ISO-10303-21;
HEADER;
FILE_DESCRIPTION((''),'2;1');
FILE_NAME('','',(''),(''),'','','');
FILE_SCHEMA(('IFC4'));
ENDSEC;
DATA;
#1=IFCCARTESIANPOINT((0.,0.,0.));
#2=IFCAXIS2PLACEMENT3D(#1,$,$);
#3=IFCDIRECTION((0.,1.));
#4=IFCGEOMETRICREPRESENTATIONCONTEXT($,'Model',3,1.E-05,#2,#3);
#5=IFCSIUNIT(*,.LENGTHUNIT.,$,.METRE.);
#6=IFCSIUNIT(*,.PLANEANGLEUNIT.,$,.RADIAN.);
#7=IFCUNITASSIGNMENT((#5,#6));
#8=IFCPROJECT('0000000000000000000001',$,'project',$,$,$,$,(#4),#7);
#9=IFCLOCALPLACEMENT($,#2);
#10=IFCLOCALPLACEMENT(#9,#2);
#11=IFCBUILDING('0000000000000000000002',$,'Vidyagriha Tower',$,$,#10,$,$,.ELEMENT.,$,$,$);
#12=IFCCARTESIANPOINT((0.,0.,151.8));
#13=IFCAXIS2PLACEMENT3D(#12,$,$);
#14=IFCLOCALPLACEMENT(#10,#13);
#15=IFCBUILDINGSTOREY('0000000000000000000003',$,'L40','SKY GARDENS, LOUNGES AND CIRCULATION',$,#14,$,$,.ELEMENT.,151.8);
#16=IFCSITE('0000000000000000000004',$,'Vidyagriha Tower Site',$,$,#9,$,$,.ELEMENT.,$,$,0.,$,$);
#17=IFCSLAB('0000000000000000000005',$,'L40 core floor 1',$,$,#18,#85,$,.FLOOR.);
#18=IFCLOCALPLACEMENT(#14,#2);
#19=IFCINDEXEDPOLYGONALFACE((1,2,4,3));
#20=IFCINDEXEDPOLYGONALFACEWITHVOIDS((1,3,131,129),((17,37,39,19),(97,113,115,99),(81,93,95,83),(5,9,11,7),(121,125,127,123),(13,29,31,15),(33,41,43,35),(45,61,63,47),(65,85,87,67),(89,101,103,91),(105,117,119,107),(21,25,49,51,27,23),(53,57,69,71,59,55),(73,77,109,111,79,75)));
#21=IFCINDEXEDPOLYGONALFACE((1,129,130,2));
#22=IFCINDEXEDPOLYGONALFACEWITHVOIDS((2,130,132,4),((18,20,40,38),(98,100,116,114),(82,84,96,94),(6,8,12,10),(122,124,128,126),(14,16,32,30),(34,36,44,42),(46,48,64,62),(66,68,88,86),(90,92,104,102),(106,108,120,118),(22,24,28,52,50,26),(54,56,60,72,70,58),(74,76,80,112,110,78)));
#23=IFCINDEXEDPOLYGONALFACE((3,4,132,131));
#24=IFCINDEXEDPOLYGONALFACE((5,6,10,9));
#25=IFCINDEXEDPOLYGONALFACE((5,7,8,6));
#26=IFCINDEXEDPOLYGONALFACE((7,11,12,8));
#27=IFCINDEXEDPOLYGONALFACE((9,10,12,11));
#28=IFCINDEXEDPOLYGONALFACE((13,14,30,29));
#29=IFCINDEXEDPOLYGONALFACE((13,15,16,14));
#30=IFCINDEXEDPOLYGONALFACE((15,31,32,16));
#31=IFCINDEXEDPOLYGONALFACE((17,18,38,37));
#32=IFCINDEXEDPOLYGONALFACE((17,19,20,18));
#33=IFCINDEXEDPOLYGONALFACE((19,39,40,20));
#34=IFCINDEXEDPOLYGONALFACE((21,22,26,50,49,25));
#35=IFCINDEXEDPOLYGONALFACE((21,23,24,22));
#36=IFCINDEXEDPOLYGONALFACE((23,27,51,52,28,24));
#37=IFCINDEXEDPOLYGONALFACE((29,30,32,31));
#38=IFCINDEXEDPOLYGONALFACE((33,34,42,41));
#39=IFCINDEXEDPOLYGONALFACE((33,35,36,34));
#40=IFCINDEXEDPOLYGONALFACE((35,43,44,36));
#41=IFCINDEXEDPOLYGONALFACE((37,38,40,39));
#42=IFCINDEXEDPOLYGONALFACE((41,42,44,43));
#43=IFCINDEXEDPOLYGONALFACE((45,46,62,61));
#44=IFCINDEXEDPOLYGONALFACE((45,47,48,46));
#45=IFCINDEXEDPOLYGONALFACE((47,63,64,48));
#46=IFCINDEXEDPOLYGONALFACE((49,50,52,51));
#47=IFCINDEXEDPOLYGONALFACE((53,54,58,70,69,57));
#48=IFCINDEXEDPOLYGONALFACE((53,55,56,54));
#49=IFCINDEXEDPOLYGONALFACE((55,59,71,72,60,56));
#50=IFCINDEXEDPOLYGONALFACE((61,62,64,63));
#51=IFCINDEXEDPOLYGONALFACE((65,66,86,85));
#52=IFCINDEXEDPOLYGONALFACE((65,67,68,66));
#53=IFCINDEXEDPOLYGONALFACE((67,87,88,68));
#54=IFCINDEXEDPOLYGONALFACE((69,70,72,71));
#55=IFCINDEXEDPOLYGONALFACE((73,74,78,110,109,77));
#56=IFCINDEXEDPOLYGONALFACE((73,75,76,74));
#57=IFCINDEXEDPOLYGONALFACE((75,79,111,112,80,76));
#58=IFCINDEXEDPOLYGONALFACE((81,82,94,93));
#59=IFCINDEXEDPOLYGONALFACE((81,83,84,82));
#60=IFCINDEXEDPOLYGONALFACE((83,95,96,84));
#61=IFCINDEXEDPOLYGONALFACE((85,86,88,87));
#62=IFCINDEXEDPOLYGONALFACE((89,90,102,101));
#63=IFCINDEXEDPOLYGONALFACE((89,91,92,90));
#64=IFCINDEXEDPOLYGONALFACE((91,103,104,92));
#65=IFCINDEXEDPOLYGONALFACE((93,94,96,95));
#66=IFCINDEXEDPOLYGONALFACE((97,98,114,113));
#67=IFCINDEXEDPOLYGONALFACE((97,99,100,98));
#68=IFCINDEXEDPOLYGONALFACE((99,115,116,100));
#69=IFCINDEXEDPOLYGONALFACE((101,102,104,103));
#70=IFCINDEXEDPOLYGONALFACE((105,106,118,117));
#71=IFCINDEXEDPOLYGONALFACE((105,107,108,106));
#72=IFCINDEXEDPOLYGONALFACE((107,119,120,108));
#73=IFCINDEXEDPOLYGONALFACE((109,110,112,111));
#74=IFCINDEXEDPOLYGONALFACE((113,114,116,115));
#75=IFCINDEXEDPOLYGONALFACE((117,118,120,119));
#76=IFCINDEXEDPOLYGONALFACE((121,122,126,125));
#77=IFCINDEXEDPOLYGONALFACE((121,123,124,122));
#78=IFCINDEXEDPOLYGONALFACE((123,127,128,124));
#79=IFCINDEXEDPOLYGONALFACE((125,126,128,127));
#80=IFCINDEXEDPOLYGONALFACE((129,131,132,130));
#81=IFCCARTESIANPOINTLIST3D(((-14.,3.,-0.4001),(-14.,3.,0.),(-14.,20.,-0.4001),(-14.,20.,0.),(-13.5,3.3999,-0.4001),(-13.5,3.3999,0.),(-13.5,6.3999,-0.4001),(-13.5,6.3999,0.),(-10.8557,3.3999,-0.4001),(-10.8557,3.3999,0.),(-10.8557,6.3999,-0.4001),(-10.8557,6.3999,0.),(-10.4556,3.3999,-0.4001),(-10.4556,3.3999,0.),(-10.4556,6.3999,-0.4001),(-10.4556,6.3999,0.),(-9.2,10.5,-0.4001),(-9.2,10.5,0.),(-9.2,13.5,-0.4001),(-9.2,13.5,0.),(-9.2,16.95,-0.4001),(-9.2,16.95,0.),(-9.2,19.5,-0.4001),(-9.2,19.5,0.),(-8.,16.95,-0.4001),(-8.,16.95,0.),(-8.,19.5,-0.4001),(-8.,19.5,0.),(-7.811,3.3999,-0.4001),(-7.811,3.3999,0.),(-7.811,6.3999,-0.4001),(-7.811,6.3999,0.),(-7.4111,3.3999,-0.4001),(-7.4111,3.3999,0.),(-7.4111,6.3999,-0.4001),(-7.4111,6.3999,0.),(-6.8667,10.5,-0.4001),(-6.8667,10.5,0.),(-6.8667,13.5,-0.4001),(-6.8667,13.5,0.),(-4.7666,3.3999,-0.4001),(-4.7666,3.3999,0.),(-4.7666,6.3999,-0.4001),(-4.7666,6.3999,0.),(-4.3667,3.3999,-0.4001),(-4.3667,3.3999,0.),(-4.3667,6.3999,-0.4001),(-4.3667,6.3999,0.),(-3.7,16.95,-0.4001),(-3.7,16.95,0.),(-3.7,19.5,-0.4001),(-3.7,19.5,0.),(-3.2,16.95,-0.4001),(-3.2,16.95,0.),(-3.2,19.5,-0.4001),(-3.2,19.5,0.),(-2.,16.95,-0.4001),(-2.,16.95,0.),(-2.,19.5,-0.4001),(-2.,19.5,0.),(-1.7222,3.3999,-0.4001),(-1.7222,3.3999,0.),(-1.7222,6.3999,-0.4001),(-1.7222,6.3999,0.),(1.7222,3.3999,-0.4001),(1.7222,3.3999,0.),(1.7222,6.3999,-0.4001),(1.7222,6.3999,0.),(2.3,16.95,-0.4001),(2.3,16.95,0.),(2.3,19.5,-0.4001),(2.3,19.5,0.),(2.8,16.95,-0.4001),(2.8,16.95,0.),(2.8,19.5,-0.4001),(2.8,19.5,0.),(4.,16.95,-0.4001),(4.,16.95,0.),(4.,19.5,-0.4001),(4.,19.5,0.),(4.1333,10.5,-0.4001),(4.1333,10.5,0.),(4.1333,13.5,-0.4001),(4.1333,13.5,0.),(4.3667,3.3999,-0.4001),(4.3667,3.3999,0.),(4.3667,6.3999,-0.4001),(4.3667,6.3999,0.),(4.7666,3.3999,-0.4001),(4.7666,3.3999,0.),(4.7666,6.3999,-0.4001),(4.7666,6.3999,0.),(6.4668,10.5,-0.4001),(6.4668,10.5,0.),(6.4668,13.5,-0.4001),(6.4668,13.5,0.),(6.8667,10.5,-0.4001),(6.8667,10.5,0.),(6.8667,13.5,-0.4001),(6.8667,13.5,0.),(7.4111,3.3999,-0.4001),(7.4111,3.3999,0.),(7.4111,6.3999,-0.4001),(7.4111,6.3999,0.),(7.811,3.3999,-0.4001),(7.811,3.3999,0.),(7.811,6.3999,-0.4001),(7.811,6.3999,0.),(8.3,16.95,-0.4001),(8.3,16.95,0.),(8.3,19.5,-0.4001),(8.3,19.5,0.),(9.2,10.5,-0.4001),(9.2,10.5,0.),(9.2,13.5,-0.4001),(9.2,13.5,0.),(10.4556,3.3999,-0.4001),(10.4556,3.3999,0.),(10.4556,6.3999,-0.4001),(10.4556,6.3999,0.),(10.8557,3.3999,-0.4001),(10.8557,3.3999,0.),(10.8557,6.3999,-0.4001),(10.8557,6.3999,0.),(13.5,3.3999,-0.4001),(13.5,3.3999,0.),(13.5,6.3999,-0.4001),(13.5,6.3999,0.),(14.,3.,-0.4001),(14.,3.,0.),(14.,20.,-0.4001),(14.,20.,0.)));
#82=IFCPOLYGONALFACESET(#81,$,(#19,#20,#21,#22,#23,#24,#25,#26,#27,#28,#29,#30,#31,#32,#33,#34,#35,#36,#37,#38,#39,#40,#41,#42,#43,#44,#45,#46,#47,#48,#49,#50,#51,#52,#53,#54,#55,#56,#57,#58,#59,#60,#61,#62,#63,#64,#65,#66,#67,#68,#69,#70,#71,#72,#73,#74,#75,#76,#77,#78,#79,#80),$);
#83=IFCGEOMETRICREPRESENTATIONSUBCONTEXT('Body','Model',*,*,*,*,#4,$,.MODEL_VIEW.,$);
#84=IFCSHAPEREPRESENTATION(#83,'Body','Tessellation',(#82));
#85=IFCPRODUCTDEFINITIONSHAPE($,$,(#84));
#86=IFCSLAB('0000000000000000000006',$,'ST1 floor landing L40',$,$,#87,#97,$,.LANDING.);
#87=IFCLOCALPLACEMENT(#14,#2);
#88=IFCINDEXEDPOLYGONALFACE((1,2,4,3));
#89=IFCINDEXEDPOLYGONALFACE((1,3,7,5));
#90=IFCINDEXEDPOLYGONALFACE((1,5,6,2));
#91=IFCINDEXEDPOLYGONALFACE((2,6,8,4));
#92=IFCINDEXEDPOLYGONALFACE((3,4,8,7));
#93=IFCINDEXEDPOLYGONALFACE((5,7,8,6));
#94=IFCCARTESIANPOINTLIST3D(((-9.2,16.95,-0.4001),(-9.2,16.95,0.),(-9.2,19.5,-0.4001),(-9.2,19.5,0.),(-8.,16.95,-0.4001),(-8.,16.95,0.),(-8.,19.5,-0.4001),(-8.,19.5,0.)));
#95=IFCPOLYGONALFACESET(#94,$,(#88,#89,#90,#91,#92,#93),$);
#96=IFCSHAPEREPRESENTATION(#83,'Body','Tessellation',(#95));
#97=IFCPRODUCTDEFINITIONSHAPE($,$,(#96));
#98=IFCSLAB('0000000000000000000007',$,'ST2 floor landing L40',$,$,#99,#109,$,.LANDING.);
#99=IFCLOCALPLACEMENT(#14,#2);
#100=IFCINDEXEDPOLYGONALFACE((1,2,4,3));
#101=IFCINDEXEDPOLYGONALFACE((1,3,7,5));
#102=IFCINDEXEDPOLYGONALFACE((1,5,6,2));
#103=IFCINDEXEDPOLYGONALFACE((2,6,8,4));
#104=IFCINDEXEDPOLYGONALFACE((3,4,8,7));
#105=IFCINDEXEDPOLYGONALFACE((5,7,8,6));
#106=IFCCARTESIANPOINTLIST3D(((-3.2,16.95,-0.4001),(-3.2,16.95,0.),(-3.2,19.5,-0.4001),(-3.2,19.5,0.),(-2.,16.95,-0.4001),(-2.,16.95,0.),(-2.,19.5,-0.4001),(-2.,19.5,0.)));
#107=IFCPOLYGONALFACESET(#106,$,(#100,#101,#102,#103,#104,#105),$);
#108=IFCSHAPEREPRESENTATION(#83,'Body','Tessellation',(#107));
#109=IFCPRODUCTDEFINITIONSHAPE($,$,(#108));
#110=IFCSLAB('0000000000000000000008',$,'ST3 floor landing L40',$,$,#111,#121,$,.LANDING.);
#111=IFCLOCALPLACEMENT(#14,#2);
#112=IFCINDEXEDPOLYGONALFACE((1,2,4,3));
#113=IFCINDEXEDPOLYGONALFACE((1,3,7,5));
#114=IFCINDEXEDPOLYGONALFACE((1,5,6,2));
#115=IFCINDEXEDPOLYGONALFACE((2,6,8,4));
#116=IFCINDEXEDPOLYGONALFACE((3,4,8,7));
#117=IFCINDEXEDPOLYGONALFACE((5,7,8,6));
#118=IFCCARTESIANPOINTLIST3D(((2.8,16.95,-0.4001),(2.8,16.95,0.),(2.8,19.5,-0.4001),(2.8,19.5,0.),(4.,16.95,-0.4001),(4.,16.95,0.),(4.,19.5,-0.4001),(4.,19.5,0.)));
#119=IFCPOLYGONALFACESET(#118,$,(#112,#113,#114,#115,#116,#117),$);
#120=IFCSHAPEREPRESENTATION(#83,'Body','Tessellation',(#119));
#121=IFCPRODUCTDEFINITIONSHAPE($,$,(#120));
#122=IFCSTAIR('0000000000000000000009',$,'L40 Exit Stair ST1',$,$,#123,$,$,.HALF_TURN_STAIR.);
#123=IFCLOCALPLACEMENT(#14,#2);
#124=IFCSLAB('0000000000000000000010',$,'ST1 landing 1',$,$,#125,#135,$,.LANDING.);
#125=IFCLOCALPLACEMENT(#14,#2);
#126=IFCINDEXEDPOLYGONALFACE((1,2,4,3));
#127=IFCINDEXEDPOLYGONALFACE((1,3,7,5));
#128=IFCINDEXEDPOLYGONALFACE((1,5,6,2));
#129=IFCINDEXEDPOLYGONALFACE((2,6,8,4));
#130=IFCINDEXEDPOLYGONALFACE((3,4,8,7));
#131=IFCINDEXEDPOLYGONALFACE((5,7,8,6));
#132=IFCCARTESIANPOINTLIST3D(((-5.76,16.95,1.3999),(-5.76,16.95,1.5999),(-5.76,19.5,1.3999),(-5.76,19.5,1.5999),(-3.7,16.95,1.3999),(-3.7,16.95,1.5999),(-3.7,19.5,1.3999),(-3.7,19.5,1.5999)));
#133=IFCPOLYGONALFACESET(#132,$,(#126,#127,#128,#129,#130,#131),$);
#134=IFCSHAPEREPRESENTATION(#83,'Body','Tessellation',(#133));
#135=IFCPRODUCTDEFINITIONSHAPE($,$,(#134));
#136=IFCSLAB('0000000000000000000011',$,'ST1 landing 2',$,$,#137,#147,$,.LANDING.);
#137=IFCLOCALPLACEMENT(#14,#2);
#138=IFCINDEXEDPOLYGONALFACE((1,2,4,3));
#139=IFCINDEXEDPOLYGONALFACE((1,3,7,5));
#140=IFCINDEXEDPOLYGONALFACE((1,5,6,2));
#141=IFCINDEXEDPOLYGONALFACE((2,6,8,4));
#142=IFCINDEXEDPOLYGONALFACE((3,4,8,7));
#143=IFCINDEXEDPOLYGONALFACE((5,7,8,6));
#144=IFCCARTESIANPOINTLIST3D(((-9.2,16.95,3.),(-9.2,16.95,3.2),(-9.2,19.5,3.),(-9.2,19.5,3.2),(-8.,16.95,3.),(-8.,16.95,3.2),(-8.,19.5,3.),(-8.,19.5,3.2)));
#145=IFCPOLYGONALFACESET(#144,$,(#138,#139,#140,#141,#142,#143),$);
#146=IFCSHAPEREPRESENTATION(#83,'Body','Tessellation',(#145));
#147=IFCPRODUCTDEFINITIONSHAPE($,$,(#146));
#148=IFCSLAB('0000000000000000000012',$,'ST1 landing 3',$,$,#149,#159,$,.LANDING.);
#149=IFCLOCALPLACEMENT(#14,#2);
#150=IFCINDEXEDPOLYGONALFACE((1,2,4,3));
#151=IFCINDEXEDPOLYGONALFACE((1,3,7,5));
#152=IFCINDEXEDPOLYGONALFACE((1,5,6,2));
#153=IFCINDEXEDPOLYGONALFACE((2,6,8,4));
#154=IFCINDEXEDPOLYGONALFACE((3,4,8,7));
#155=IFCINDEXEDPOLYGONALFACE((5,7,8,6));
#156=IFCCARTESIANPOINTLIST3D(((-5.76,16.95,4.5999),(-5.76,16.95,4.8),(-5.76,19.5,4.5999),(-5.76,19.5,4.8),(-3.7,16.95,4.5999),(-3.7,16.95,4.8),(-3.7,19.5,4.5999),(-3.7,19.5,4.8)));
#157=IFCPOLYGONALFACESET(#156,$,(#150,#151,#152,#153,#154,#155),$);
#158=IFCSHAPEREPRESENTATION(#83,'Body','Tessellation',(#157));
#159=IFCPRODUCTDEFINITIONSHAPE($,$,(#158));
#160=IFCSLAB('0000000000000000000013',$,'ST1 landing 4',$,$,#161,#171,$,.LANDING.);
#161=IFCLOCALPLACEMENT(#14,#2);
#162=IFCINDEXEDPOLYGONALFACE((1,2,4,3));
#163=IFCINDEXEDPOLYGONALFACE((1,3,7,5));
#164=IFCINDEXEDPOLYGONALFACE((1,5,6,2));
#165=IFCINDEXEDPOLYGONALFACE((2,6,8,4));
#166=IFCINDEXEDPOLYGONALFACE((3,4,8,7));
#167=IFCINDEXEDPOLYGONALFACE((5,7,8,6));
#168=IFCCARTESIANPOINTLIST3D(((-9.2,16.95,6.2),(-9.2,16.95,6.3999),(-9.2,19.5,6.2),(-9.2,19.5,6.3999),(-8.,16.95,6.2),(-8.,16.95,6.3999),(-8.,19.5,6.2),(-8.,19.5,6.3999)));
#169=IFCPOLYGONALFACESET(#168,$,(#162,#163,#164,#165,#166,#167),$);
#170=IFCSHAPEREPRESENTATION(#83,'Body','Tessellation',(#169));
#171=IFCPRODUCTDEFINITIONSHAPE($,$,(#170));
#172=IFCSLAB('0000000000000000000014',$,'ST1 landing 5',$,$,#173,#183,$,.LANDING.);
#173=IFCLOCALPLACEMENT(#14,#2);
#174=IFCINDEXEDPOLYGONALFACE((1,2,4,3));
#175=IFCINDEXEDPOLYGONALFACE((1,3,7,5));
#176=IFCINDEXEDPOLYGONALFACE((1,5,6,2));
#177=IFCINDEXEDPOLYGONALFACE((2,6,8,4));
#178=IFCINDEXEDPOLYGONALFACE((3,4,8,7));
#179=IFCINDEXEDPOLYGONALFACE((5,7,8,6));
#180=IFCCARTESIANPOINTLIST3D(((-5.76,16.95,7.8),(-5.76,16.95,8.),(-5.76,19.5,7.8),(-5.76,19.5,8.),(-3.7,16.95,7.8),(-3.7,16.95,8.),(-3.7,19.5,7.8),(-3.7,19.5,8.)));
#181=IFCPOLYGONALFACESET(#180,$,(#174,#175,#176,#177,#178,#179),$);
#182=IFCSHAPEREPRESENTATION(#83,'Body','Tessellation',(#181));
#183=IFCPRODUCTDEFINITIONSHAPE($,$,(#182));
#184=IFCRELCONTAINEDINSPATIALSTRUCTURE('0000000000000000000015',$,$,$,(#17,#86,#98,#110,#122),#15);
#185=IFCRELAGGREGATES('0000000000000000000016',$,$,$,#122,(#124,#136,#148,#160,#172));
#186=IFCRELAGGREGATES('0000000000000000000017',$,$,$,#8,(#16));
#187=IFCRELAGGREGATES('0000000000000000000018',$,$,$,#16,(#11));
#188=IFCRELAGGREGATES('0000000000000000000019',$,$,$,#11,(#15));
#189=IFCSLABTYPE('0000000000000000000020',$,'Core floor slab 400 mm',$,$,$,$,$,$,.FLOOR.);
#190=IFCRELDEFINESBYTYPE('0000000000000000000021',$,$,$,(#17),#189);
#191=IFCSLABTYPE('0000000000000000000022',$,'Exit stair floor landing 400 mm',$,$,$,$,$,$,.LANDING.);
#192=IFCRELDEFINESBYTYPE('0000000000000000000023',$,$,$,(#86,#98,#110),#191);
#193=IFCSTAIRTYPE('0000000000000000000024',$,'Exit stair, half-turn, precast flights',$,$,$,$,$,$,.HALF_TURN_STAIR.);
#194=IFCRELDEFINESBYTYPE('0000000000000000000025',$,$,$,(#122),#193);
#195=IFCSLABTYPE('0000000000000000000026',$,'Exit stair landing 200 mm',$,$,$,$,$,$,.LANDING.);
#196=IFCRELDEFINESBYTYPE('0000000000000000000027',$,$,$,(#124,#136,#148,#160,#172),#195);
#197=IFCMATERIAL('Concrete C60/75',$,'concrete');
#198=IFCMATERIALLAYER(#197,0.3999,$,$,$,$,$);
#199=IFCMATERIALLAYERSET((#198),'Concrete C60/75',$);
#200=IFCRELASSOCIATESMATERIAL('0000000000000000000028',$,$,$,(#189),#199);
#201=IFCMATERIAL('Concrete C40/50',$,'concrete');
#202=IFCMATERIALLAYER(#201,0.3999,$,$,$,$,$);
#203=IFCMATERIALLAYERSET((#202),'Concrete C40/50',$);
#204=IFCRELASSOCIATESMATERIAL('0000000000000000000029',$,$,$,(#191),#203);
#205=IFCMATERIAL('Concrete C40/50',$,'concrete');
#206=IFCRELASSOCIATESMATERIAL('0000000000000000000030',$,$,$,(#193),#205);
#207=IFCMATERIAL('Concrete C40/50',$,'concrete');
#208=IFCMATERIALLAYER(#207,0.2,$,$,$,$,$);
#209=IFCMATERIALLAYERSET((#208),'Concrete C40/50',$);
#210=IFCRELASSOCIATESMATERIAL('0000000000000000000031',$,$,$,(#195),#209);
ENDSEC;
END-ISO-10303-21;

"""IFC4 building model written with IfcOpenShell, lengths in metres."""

from ifc_helpers import new_model, si_unit, direction, frame, origin, place, context, subcontext, project, spatial, polyline, outline, extrude, material, layer, layer_set, type_object, element, aggregate, save


model = new_model("IFC4")

# Units and contexts
model_context = context("Model", 3, precision=1e-05, world=origin(), true_north=direction((0.0, 1.0)))
body_context = subcontext(model_context, "Body", "Model", "MODEL_VIEW")
ifc_project = project(units=[si_unit("LENGTHUNIT", "METRE"), si_unit("PLANEANGLEUNIT", "RADIAN")], contexts=[model_context])

# Site, building, storey
site_placement = place(None, origin())
site = spatial("IfcSite", under=ifc_project, at=site_placement, Name="Vidyagriha Tower Site", CompositionType="ELEMENT", RefElevation=0.0)
building_placement = place(site_placement, origin())
building = spatial("IfcBuilding", under=site, at=building_placement, Name="Vidyagriha Tower", CompositionType="ELEMENT")
storey_placement = place(building_placement, frame((0.0, 0.0, 151.8)))
storey = spatial("IfcBuildingStorey", under=building, at=storey_placement, Name="L40", Description="SKY GARDENS, LOUNGES AND CIRCULATION", CompositionType="ELEMENT", Elevation=151.8)

# Slabs
ifc_material_1 = material(Name="Concrete C60/75", Category="concrete")
ifc_layer_1 = layer(ifc_material_1, 0.3999)
ifc_layer_set_1 = layer_set([ifc_layer_1], Name="Concrete C60/75")
slab_type_1 = type_object("IfcSlabType", Name="Core floor slab 400 mm", PredefinedType="FLOOR", material=ifc_layer_set_1)
slab_1_placement = place(storey_placement, frame((0.0, 0.0, -0.4001)))
element("IfcSlab", 1, at=slab_1_placement, inside=storey, type_object=slab_type_1, Name="L40 core floor 1", PredefinedType="FLOOR", context=body_context, shape_type="SweptSolid", body=[
    extrude(outline(polyline([(-14.0, 3.0), (-14.0, 20.0), (14.0, 20.0), (14.0, 3.0), (-14.0, 3.0)]), holes=[polyline([(13.5, 6.3999), (10.8557, 6.3999), (10.8557, 3.3999), (13.5, 3.3999), (13.5, 6.3999)]), polyline([(10.4556, 6.3999), (7.811, 6.3999), (7.811, 3.3999), (10.4556, 3.3999), (10.4556, 6.3999)]), polyline([(9.2, 13.5), (6.8667, 13.5), (6.8667, 10.5), (9.2, 10.5), (9.2, 13.5)]), polyline([(8.3, 19.5), (4.0, 19.5), (2.8, 19.5), (2.8, 16.95), (4.0, 16.95), (8.3, 16.95), (8.3, 19.5)]), polyline([(7.4111, 6.3999), (4.7666, 6.3999), (4.7666, 3.3999), (7.4111, 3.3999), (7.4111, 6.3999)]), polyline([(6.4668, 13.5), (4.1333, 13.5), (4.1333, 10.5), (6.4668, 10.5), (6.4668, 13.5)]), polyline([(4.3667, 6.3999), (1.7222, 6.3999), (1.7222, 3.3999), (4.3667, 3.3999), (4.3667, 6.3999)]), polyline([(-2.0, 16.95), (2.3, 16.95), (2.3, 19.5), (-2.0, 19.5), (-3.2, 19.5), (-3.2, 16.95), (-2.0, 16.95)]), polyline([(-1.7222, 6.3999), (-4.3667, 6.3999), (-4.3667, 3.3999), (-1.7222, 3.3999), (-1.7222, 6.3999)]), polyline([(-8.0, 19.5), (-9.2, 19.5), (-9.2, 16.95), (-8.0, 16.95), (-3.7, 16.95), (-3.7, 19.5), (-8.0, 19.5)]), polyline([(-4.7666, 6.3999), (-7.4111, 6.3999), (-7.4111, 3.3999), (-4.7666, 3.3999), (-4.7666, 6.3999)]), polyline([(-6.8667, 13.5), (-9.2, 13.5), (-9.2, 10.5), (-6.8667, 10.5), (-6.8667, 13.5)]), polyline([(-7.811, 6.3999), (-10.4556, 6.3999), (-10.4556, 3.3999), (-7.811, 3.3999), (-7.811, 6.3999)]), polyline([(-10.8557, 6.3999), (-13.5, 6.3999), (-13.5, 3.3999), (-10.8557, 3.3999), (-10.8557, 6.3999)])]), origin(), (0.0, 0.0, 1.0), 0.4001),
])
ifc_material_2 = material(Name="Concrete C40/50", Category="concrete")
ifc_layer_2 = layer(ifc_material_2, 0.3999)
ifc_layer_set_2 = layer_set([ifc_layer_2], Name="Concrete C40/50")
slab_type_2 = type_object("IfcSlabType", Name="Exit stair floor landing 400 mm", PredefinedType="LANDING", material=ifc_layer_set_2)
slab_2_placement = place(storey_placement, frame((0.0, 0.0, -0.4001)))
element("IfcSlab", 2, at=slab_2_placement, inside=storey, type_object=slab_type_2, Name="ST1 floor landing L40", PredefinedType="LANDING", context=body_context, shape_type="SweptSolid", body=[
    extrude(outline(polyline([(-9.2, 16.95), (-8.0, 16.95), (-8.0, 19.5), (-9.2, 19.5), (-9.2, 16.95)])), origin(), (0.0, 0.0, 1.0), 0.4001),
])
slab_3_placement = place(storey_placement, frame((0.0, 0.0, -0.4001)))
element("IfcSlab", 3, at=slab_3_placement, inside=storey, type_object=slab_type_2, Name="ST2 floor landing L40", PredefinedType="LANDING", context=body_context, shape_type="SweptSolid", body=[
    extrude(outline(polyline([(-3.2, 16.95), (-2.0, 16.95), (-2.0, 19.5), (-3.2, 19.5), (-3.2, 16.95)])), origin(), (0.0, 0.0, 1.0), 0.4001),
])
slab_4_placement = place(storey_placement, frame((0.0, 0.0, -0.4001)))
element("IfcSlab", 4, at=slab_4_placement, inside=storey, type_object=slab_type_2, Name="ST3 floor landing L40", PredefinedType="LANDING", context=body_context, shape_type="SweptSolid", body=[
    extrude(outline(polyline([(2.8, 16.95), (4.0, 16.95), (4.0, 19.5), (2.8, 19.5), (2.8, 16.95)])), origin(), (0.0, 0.0, 1.0), 0.4001),
])

# Stair, slabs
ifc_material_3 = material(Name="Concrete C40/50", Category="concrete")
stair_type = type_object("IfcStairType", Name="Exit stair, half-turn, precast flights", PredefinedType="HALF_TURN_STAIR", material=ifc_material_3)
stair_1_placement = place(storey_placement, origin())
stair_1 = element("IfcStair", 5, at=stair_1_placement, inside=storey, type_object=stair_type, Name="L40 Exit Stair ST1", PredefinedType="HALF_TURN_STAIR")
ifc_material_4 = material(Name="Concrete C40/50", Category="concrete")
ifc_layer_3 = layer(ifc_material_4, 0.2)
ifc_layer_set_3 = layer_set([ifc_layer_3], Name="Concrete C40/50")
slab_type_3 = type_object("IfcSlabType", Name="Exit stair landing 200 mm", PredefinedType="LANDING", material=ifc_layer_set_3)
slab_5_placement = place(storey_placement, frame((0.0, 0.0, 1.3999)))
slab_5 = element("IfcSlab", 6, at=slab_5_placement, type_object=slab_type_3, Name="ST1 landing 1", PredefinedType="LANDING", context=body_context, shape_type="SweptSolid", body=[
    extrude(outline(polyline([(-5.76, 16.95), (-3.7, 16.95), (-3.7, 19.5), (-5.76, 19.5), (-5.76, 16.95)])), origin(), (0.0, 0.0, 1.0), 0.2),
])
slab_6_placement = place(storey_placement, frame((0.0, 0.0, 3.0)))
slab_6 = element("IfcSlab", 7, at=slab_6_placement, type_object=slab_type_3, Name="ST1 landing 2", PredefinedType="LANDING", context=body_context, shape_type="SweptSolid", body=[
    extrude(outline(polyline([(-9.2, 16.95), (-8.0, 16.95), (-8.0, 19.5), (-9.2, 19.5), (-9.2, 16.95)])), origin(), (0.0, 0.0, 1.0), 0.2),
])
slab_7_placement = place(storey_placement, frame((0.0, 0.0, 4.5999)))
slab_7 = element("IfcSlab", 8, at=slab_7_placement, type_object=slab_type_3, Name="ST1 landing 3", PredefinedType="LANDING", context=body_context, shape_type="SweptSolid", body=[
    extrude(outline(polyline([(-5.76, 16.95), (-3.7, 16.95), (-3.7, 19.5), (-5.76, 19.5), (-5.76, 16.95)])), origin(), (0.0, 0.0, 1.0), 0.2002),
])
slab_8_placement = place(storey_placement, frame((0.0, 0.0, 6.2)))
slab_8 = element("IfcSlab", 9, at=slab_8_placement, type_object=slab_type_3, Name="ST1 landing 4", PredefinedType="LANDING", context=body_context, shape_type="SweptSolid", body=[
    extrude(outline(polyline([(-9.2, 16.95), (-8.0, 16.95), (-8.0, 19.5), (-9.2, 19.5), (-9.2, 16.95)])), origin(), (0.0, 0.0, 1.0), 0.2),
])
slab_9_placement = place(storey_placement, frame((0.0, 0.0, 7.8)))
slab_9 = element("IfcSlab", 10, at=slab_9_placement, type_object=slab_type_3, Name="ST1 landing 5", PredefinedType="LANDING", context=body_context, shape_type="SweptSolid", body=[
    extrude(outline(polyline([(-5.76, 16.95), (-3.7, 16.95), (-3.7, 19.5), (-5.76, 19.5), (-5.76, 16.95)])), origin(), (0.0, 0.0, 1.0), 0.2),
])
aggregate(stair_1, [slab_5, slab_6, slab_7, slab_8, slab_9])

save(model, "model.ifc")
